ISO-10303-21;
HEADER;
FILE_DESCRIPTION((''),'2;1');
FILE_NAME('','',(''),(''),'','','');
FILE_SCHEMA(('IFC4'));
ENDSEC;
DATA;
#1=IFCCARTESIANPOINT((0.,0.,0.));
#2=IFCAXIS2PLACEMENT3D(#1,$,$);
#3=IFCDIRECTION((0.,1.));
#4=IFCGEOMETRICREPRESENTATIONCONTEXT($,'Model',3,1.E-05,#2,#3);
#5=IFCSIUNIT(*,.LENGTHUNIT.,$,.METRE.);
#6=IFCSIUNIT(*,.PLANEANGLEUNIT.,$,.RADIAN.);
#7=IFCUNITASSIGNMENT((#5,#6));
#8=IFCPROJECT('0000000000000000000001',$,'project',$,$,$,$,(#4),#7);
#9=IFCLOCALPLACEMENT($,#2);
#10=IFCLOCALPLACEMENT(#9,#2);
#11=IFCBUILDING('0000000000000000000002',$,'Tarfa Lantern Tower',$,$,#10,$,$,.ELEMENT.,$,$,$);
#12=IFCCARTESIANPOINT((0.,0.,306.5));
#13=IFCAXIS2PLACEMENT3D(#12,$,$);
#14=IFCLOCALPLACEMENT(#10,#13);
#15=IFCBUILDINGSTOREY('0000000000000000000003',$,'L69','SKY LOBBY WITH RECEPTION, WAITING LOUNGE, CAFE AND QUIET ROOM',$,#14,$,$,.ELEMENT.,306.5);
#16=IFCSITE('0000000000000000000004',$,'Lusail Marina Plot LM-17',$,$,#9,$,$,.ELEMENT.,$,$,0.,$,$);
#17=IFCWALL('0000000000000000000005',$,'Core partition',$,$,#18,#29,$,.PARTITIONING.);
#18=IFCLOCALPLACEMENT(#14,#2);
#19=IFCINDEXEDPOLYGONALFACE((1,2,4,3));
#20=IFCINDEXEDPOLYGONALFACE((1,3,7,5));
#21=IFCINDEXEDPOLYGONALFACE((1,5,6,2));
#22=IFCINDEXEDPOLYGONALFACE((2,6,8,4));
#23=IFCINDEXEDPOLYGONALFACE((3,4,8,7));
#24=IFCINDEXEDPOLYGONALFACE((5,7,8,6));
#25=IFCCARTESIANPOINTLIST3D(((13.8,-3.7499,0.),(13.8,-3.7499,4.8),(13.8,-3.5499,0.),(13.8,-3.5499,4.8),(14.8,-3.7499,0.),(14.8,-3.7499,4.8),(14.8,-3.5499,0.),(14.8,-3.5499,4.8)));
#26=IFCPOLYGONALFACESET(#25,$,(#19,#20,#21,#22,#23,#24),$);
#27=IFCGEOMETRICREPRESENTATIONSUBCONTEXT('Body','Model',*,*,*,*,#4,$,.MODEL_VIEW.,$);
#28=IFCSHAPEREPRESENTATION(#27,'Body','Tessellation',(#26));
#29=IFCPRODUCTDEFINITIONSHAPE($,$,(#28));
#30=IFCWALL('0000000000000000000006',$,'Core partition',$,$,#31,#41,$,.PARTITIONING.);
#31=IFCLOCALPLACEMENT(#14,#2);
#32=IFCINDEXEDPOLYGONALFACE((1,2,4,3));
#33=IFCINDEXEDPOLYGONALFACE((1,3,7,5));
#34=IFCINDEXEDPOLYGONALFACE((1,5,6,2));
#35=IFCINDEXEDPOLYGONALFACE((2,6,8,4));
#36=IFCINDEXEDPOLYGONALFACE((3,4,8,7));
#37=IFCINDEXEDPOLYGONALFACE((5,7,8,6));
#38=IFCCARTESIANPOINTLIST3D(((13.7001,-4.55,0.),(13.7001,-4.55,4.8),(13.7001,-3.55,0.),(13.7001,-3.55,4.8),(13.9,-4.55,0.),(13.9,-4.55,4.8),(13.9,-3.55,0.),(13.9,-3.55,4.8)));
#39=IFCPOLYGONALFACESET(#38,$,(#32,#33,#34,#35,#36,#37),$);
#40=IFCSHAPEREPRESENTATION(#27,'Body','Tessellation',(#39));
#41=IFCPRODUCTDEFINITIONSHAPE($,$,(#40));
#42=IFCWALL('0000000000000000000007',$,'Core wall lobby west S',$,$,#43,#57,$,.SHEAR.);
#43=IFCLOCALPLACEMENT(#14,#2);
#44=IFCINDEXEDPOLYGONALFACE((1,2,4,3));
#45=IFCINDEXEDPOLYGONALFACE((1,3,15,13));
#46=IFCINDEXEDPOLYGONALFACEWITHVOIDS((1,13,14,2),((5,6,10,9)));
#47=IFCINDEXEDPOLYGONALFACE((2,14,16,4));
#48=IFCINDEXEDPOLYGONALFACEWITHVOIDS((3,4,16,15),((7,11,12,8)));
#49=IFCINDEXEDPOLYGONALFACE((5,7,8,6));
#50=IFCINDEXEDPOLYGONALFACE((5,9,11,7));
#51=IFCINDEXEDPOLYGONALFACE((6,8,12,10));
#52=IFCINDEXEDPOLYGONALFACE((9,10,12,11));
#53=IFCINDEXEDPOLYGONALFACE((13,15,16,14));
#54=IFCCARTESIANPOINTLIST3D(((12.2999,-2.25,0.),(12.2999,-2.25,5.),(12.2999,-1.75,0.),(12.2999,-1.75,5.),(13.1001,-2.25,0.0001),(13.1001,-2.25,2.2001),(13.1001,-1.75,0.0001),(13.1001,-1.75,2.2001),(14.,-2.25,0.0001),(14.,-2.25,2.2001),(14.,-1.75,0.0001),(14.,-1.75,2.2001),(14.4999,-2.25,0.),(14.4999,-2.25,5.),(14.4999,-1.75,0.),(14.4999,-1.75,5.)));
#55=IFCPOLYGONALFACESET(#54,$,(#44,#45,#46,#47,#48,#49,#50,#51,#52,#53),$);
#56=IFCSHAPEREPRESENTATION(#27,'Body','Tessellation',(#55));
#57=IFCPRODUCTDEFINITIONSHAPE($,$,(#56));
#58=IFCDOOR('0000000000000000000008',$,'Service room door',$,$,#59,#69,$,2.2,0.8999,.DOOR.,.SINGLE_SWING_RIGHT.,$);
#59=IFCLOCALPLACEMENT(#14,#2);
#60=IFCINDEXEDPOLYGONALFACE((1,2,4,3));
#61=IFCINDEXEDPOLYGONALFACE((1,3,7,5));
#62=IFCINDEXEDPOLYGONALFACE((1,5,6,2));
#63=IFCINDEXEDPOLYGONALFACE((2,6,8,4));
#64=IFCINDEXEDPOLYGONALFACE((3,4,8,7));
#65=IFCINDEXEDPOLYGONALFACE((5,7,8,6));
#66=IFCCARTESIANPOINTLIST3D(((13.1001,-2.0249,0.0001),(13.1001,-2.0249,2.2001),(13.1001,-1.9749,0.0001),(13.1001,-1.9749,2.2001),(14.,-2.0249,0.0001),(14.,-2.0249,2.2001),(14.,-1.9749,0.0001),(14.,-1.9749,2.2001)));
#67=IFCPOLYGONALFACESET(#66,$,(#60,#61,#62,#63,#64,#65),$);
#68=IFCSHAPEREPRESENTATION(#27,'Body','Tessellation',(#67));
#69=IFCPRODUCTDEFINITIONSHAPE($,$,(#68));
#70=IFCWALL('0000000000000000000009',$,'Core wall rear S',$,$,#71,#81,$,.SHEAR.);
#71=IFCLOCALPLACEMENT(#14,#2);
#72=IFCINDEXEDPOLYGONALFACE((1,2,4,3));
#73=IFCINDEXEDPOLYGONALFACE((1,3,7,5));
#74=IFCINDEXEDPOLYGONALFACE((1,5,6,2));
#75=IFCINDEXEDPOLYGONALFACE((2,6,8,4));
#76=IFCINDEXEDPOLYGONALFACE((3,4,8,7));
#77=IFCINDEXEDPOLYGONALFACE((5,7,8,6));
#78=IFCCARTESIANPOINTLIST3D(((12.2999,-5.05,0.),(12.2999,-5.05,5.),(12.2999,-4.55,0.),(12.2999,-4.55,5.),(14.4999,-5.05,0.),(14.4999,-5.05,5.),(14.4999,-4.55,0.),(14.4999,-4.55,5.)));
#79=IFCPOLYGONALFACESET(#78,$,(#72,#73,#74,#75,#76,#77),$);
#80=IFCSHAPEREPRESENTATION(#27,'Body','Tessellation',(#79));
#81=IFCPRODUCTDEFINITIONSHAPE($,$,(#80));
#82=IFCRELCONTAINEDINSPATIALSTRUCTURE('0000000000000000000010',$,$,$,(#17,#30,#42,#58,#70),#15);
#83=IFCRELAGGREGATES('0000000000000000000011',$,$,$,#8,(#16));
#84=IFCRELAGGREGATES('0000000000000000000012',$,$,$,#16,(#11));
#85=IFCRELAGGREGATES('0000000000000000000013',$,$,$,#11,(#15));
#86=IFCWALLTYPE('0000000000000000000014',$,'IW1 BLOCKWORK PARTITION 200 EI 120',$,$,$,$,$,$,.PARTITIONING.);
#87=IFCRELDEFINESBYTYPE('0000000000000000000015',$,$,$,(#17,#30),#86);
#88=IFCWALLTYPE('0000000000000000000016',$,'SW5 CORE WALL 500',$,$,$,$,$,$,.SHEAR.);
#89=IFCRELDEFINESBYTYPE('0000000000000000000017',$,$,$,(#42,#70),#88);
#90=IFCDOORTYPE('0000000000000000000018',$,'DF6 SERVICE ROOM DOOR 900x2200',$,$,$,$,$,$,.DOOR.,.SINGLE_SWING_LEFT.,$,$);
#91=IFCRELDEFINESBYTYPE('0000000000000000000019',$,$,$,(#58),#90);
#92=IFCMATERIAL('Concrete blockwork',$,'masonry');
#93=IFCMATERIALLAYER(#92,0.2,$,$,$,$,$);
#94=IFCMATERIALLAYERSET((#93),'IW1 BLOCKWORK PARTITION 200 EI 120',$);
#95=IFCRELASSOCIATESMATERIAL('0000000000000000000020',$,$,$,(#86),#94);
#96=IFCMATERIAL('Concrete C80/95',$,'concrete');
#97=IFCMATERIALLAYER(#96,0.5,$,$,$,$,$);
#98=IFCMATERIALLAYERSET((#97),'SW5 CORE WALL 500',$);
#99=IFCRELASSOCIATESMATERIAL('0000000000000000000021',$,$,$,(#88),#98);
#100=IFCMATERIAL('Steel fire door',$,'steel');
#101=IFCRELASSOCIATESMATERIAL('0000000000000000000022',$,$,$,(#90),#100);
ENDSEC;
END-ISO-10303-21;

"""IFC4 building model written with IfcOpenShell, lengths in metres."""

from ifc_helpers import new_model, si_unit, direction, frame, frame_2d, origin, place, context, subcontext, project, spatial, rectangle, extrude, material, layer, layer_set, type_object, element, fill, save


model = new_model("IFC4")

# Units and contexts
model_context = context("Model", 3, precision=1e-05, world=origin(), true_north=direction((0.0, 1.0)))
body_context = subcontext(model_context, "Body", "Model", "MODEL_VIEW")
ifc_project = project(units=[si_unit("LENGTHUNIT", "METRE"), si_unit("PLANEANGLEUNIT", "RADIAN")], contexts=[model_context])

# Site, building, storey
site_placement = place(None, origin())
site = spatial("IfcSite", under=ifc_project, at=site_placement, Name="Lusail Marina Plot LM-17", CompositionType="ELEMENT", RefElevation=0.0)
building_placement = place(site_placement, origin())
building = spatial("IfcBuilding", under=site, at=building_placement, Name="Tarfa Lantern Tower", CompositionType="ELEMENT")
storey_placement = place(building_placement, frame((0.0, 0.0, 306.5)))
storey = spatial("IfcBuildingStorey", under=building, at=storey_placement, Name="L69", Description="SKY LOBBY WITH RECEPTION, WAITING LOUNGE, CAFE AND QUIET ROOM", CompositionType="ELEMENT", Elevation=306.5)

# Shared definitions
ifc_material_1 = material(Name="Concrete C80/95", Category="concrete")

# Walls
ifc_material_2 = material(Name="Concrete blockwork", Category="masonry")
ifc_layer_1 = layer(ifc_material_2, 0.2)
ifc_layer_set_1 = layer_set([ifc_layer_1], Name="IW1 BLOCKWORK PARTITION 200 EI 120")
wall_type_1 = type_object("IfcWallType", Name="IW1 BLOCKWORK PARTITION 200 EI 120", PredefinedType="PARTITIONING", material=ifc_layer_set_1)
for number, where, z_axis, x_axis, name in (
    (1, (14.8, -3.6499, 0.0), (0.0, 0.0, 1.0), (-1.0, 0.0, 0.0), "Core partition"),
    (2, (13.8, -3.55, 0.0), (0.0, 0.0, 1.0), (0.0, -1.0, 0.0), "Core partition"),
):
    element("IfcWall", number, at=place(storey_placement, frame(where, z_axis=z_axis, x_axis=x_axis)), inside=storey, type_object=wall_type_1, Name=name, PredefinedType="PARTITIONING", context=body_context, shape_type="SweptSolid", body=[
        extrude(rectangle(XDim=1.0, YDim=0.2, at=frame_2d((0.5, 0.0))), origin(), (0.0, 0.0, 1.0), 4.8),
    ])

# Wall, opening, door
ifc_material_3 = material(Name="Steel fire door", Category="steel")
ifc_layer_2 = layer(ifc_material_1, 0.5)
ifc_layer_set_2 = layer_set([ifc_layer_2], Name="SW5 CORE WALL 500")
wall_type_2 = type_object("IfcWallType", Name="SW5 CORE WALL 500", PredefinedType="SHEAR", material=ifc_layer_set_2)
wall_1_placement = place(storey_placement, frame((14.5, -2.0, 0.0), z_axis=(0.0, 0.0, 1.0), x_axis=(-1.0, 0.0, 0.0)))
wall_1 = element("IfcWall", 3, at=wall_1_placement, inside=storey, type_object=wall_type_2, Name="Core wall lobby west S", PredefinedType="SHEAR", context=body_context, shape_type="SweptSolid", body=[
    extrude(rectangle(XDim=2.2, YDim=0.5, at=frame_2d((1.1001, 0.0))), origin(), (0.0, 0.0, 1.0), 5.0),
])
opening_1_placement = place(wall_1_placement, frame((0.5, 0.0, 0.0)))
opening_1 = element("IfcOpeningElement", 4, at=opening_1_placement, cuts=wall_1, PredefinedType="OPENING", context=body_context, shape_type="SweptSolid", body=[
    extrude(rectangle(XDim=0.8999, YDim=2.2, at=frame_2d((0.45, 1.1001))), frame((0.0, 0.26, 0.0), z_axis=(0.0, -1.0, 0.0), x_axis=(1.0, 0.0, 0.0)), (0.0, 0.0, 1.0), 0.52),
])
door_type_1 = type_object("IfcDoorType", Name="DF6 SERVICE ROOM DOOR 900x2200", OperationType="SINGLE_SWING_LEFT", PredefinedType="DOOR", material=ifc_material_3)
door_1_placement = place(opening_1_placement, origin())
door_1 = element("IfcDoor", 5, at=door_1_placement, inside=storey, type_object=door_type_1, Name="Service room door", OperationType="SINGLE_SWING_RIGHT", OverallHeight=2.2, OverallWidth=0.8999, PredefinedType="DOOR", context=body_context, shape_type="SweptSolid", body=[
    extrude(rectangle(XDim=0.8999, YDim=2.2, at=frame_2d((0.45, 1.1001))), frame((0.0, 0.0249, 0.0), z_axis=(0.0, -1.0, 0.0), x_axis=(1.0, 0.0, 0.0)), (0.0, 0.0, 1.0), 0.05),
])
fill(opening_1, door_1)

# Wall
wall_2_placement = place(storey_placement, frame((14.5, -4.8, 0.0), z_axis=(0.0, 0.0, 1.0), x_axis=(-1.0, 0.0, 0.0)))
element("IfcWall", 6, at=wall_2_placement, inside=storey, type_object=wall_type_2, Name="Core wall rear S", PredefinedType="SHEAR", context=body_context, shape_type="SweptSolid", body=[
    extrude(rectangle(XDim=2.2, YDim=0.5, at=frame_2d((1.1001, 0.0))), origin(), (0.0, 0.0, 1.0), 5.0),
])

save(model, "model.ifc")
